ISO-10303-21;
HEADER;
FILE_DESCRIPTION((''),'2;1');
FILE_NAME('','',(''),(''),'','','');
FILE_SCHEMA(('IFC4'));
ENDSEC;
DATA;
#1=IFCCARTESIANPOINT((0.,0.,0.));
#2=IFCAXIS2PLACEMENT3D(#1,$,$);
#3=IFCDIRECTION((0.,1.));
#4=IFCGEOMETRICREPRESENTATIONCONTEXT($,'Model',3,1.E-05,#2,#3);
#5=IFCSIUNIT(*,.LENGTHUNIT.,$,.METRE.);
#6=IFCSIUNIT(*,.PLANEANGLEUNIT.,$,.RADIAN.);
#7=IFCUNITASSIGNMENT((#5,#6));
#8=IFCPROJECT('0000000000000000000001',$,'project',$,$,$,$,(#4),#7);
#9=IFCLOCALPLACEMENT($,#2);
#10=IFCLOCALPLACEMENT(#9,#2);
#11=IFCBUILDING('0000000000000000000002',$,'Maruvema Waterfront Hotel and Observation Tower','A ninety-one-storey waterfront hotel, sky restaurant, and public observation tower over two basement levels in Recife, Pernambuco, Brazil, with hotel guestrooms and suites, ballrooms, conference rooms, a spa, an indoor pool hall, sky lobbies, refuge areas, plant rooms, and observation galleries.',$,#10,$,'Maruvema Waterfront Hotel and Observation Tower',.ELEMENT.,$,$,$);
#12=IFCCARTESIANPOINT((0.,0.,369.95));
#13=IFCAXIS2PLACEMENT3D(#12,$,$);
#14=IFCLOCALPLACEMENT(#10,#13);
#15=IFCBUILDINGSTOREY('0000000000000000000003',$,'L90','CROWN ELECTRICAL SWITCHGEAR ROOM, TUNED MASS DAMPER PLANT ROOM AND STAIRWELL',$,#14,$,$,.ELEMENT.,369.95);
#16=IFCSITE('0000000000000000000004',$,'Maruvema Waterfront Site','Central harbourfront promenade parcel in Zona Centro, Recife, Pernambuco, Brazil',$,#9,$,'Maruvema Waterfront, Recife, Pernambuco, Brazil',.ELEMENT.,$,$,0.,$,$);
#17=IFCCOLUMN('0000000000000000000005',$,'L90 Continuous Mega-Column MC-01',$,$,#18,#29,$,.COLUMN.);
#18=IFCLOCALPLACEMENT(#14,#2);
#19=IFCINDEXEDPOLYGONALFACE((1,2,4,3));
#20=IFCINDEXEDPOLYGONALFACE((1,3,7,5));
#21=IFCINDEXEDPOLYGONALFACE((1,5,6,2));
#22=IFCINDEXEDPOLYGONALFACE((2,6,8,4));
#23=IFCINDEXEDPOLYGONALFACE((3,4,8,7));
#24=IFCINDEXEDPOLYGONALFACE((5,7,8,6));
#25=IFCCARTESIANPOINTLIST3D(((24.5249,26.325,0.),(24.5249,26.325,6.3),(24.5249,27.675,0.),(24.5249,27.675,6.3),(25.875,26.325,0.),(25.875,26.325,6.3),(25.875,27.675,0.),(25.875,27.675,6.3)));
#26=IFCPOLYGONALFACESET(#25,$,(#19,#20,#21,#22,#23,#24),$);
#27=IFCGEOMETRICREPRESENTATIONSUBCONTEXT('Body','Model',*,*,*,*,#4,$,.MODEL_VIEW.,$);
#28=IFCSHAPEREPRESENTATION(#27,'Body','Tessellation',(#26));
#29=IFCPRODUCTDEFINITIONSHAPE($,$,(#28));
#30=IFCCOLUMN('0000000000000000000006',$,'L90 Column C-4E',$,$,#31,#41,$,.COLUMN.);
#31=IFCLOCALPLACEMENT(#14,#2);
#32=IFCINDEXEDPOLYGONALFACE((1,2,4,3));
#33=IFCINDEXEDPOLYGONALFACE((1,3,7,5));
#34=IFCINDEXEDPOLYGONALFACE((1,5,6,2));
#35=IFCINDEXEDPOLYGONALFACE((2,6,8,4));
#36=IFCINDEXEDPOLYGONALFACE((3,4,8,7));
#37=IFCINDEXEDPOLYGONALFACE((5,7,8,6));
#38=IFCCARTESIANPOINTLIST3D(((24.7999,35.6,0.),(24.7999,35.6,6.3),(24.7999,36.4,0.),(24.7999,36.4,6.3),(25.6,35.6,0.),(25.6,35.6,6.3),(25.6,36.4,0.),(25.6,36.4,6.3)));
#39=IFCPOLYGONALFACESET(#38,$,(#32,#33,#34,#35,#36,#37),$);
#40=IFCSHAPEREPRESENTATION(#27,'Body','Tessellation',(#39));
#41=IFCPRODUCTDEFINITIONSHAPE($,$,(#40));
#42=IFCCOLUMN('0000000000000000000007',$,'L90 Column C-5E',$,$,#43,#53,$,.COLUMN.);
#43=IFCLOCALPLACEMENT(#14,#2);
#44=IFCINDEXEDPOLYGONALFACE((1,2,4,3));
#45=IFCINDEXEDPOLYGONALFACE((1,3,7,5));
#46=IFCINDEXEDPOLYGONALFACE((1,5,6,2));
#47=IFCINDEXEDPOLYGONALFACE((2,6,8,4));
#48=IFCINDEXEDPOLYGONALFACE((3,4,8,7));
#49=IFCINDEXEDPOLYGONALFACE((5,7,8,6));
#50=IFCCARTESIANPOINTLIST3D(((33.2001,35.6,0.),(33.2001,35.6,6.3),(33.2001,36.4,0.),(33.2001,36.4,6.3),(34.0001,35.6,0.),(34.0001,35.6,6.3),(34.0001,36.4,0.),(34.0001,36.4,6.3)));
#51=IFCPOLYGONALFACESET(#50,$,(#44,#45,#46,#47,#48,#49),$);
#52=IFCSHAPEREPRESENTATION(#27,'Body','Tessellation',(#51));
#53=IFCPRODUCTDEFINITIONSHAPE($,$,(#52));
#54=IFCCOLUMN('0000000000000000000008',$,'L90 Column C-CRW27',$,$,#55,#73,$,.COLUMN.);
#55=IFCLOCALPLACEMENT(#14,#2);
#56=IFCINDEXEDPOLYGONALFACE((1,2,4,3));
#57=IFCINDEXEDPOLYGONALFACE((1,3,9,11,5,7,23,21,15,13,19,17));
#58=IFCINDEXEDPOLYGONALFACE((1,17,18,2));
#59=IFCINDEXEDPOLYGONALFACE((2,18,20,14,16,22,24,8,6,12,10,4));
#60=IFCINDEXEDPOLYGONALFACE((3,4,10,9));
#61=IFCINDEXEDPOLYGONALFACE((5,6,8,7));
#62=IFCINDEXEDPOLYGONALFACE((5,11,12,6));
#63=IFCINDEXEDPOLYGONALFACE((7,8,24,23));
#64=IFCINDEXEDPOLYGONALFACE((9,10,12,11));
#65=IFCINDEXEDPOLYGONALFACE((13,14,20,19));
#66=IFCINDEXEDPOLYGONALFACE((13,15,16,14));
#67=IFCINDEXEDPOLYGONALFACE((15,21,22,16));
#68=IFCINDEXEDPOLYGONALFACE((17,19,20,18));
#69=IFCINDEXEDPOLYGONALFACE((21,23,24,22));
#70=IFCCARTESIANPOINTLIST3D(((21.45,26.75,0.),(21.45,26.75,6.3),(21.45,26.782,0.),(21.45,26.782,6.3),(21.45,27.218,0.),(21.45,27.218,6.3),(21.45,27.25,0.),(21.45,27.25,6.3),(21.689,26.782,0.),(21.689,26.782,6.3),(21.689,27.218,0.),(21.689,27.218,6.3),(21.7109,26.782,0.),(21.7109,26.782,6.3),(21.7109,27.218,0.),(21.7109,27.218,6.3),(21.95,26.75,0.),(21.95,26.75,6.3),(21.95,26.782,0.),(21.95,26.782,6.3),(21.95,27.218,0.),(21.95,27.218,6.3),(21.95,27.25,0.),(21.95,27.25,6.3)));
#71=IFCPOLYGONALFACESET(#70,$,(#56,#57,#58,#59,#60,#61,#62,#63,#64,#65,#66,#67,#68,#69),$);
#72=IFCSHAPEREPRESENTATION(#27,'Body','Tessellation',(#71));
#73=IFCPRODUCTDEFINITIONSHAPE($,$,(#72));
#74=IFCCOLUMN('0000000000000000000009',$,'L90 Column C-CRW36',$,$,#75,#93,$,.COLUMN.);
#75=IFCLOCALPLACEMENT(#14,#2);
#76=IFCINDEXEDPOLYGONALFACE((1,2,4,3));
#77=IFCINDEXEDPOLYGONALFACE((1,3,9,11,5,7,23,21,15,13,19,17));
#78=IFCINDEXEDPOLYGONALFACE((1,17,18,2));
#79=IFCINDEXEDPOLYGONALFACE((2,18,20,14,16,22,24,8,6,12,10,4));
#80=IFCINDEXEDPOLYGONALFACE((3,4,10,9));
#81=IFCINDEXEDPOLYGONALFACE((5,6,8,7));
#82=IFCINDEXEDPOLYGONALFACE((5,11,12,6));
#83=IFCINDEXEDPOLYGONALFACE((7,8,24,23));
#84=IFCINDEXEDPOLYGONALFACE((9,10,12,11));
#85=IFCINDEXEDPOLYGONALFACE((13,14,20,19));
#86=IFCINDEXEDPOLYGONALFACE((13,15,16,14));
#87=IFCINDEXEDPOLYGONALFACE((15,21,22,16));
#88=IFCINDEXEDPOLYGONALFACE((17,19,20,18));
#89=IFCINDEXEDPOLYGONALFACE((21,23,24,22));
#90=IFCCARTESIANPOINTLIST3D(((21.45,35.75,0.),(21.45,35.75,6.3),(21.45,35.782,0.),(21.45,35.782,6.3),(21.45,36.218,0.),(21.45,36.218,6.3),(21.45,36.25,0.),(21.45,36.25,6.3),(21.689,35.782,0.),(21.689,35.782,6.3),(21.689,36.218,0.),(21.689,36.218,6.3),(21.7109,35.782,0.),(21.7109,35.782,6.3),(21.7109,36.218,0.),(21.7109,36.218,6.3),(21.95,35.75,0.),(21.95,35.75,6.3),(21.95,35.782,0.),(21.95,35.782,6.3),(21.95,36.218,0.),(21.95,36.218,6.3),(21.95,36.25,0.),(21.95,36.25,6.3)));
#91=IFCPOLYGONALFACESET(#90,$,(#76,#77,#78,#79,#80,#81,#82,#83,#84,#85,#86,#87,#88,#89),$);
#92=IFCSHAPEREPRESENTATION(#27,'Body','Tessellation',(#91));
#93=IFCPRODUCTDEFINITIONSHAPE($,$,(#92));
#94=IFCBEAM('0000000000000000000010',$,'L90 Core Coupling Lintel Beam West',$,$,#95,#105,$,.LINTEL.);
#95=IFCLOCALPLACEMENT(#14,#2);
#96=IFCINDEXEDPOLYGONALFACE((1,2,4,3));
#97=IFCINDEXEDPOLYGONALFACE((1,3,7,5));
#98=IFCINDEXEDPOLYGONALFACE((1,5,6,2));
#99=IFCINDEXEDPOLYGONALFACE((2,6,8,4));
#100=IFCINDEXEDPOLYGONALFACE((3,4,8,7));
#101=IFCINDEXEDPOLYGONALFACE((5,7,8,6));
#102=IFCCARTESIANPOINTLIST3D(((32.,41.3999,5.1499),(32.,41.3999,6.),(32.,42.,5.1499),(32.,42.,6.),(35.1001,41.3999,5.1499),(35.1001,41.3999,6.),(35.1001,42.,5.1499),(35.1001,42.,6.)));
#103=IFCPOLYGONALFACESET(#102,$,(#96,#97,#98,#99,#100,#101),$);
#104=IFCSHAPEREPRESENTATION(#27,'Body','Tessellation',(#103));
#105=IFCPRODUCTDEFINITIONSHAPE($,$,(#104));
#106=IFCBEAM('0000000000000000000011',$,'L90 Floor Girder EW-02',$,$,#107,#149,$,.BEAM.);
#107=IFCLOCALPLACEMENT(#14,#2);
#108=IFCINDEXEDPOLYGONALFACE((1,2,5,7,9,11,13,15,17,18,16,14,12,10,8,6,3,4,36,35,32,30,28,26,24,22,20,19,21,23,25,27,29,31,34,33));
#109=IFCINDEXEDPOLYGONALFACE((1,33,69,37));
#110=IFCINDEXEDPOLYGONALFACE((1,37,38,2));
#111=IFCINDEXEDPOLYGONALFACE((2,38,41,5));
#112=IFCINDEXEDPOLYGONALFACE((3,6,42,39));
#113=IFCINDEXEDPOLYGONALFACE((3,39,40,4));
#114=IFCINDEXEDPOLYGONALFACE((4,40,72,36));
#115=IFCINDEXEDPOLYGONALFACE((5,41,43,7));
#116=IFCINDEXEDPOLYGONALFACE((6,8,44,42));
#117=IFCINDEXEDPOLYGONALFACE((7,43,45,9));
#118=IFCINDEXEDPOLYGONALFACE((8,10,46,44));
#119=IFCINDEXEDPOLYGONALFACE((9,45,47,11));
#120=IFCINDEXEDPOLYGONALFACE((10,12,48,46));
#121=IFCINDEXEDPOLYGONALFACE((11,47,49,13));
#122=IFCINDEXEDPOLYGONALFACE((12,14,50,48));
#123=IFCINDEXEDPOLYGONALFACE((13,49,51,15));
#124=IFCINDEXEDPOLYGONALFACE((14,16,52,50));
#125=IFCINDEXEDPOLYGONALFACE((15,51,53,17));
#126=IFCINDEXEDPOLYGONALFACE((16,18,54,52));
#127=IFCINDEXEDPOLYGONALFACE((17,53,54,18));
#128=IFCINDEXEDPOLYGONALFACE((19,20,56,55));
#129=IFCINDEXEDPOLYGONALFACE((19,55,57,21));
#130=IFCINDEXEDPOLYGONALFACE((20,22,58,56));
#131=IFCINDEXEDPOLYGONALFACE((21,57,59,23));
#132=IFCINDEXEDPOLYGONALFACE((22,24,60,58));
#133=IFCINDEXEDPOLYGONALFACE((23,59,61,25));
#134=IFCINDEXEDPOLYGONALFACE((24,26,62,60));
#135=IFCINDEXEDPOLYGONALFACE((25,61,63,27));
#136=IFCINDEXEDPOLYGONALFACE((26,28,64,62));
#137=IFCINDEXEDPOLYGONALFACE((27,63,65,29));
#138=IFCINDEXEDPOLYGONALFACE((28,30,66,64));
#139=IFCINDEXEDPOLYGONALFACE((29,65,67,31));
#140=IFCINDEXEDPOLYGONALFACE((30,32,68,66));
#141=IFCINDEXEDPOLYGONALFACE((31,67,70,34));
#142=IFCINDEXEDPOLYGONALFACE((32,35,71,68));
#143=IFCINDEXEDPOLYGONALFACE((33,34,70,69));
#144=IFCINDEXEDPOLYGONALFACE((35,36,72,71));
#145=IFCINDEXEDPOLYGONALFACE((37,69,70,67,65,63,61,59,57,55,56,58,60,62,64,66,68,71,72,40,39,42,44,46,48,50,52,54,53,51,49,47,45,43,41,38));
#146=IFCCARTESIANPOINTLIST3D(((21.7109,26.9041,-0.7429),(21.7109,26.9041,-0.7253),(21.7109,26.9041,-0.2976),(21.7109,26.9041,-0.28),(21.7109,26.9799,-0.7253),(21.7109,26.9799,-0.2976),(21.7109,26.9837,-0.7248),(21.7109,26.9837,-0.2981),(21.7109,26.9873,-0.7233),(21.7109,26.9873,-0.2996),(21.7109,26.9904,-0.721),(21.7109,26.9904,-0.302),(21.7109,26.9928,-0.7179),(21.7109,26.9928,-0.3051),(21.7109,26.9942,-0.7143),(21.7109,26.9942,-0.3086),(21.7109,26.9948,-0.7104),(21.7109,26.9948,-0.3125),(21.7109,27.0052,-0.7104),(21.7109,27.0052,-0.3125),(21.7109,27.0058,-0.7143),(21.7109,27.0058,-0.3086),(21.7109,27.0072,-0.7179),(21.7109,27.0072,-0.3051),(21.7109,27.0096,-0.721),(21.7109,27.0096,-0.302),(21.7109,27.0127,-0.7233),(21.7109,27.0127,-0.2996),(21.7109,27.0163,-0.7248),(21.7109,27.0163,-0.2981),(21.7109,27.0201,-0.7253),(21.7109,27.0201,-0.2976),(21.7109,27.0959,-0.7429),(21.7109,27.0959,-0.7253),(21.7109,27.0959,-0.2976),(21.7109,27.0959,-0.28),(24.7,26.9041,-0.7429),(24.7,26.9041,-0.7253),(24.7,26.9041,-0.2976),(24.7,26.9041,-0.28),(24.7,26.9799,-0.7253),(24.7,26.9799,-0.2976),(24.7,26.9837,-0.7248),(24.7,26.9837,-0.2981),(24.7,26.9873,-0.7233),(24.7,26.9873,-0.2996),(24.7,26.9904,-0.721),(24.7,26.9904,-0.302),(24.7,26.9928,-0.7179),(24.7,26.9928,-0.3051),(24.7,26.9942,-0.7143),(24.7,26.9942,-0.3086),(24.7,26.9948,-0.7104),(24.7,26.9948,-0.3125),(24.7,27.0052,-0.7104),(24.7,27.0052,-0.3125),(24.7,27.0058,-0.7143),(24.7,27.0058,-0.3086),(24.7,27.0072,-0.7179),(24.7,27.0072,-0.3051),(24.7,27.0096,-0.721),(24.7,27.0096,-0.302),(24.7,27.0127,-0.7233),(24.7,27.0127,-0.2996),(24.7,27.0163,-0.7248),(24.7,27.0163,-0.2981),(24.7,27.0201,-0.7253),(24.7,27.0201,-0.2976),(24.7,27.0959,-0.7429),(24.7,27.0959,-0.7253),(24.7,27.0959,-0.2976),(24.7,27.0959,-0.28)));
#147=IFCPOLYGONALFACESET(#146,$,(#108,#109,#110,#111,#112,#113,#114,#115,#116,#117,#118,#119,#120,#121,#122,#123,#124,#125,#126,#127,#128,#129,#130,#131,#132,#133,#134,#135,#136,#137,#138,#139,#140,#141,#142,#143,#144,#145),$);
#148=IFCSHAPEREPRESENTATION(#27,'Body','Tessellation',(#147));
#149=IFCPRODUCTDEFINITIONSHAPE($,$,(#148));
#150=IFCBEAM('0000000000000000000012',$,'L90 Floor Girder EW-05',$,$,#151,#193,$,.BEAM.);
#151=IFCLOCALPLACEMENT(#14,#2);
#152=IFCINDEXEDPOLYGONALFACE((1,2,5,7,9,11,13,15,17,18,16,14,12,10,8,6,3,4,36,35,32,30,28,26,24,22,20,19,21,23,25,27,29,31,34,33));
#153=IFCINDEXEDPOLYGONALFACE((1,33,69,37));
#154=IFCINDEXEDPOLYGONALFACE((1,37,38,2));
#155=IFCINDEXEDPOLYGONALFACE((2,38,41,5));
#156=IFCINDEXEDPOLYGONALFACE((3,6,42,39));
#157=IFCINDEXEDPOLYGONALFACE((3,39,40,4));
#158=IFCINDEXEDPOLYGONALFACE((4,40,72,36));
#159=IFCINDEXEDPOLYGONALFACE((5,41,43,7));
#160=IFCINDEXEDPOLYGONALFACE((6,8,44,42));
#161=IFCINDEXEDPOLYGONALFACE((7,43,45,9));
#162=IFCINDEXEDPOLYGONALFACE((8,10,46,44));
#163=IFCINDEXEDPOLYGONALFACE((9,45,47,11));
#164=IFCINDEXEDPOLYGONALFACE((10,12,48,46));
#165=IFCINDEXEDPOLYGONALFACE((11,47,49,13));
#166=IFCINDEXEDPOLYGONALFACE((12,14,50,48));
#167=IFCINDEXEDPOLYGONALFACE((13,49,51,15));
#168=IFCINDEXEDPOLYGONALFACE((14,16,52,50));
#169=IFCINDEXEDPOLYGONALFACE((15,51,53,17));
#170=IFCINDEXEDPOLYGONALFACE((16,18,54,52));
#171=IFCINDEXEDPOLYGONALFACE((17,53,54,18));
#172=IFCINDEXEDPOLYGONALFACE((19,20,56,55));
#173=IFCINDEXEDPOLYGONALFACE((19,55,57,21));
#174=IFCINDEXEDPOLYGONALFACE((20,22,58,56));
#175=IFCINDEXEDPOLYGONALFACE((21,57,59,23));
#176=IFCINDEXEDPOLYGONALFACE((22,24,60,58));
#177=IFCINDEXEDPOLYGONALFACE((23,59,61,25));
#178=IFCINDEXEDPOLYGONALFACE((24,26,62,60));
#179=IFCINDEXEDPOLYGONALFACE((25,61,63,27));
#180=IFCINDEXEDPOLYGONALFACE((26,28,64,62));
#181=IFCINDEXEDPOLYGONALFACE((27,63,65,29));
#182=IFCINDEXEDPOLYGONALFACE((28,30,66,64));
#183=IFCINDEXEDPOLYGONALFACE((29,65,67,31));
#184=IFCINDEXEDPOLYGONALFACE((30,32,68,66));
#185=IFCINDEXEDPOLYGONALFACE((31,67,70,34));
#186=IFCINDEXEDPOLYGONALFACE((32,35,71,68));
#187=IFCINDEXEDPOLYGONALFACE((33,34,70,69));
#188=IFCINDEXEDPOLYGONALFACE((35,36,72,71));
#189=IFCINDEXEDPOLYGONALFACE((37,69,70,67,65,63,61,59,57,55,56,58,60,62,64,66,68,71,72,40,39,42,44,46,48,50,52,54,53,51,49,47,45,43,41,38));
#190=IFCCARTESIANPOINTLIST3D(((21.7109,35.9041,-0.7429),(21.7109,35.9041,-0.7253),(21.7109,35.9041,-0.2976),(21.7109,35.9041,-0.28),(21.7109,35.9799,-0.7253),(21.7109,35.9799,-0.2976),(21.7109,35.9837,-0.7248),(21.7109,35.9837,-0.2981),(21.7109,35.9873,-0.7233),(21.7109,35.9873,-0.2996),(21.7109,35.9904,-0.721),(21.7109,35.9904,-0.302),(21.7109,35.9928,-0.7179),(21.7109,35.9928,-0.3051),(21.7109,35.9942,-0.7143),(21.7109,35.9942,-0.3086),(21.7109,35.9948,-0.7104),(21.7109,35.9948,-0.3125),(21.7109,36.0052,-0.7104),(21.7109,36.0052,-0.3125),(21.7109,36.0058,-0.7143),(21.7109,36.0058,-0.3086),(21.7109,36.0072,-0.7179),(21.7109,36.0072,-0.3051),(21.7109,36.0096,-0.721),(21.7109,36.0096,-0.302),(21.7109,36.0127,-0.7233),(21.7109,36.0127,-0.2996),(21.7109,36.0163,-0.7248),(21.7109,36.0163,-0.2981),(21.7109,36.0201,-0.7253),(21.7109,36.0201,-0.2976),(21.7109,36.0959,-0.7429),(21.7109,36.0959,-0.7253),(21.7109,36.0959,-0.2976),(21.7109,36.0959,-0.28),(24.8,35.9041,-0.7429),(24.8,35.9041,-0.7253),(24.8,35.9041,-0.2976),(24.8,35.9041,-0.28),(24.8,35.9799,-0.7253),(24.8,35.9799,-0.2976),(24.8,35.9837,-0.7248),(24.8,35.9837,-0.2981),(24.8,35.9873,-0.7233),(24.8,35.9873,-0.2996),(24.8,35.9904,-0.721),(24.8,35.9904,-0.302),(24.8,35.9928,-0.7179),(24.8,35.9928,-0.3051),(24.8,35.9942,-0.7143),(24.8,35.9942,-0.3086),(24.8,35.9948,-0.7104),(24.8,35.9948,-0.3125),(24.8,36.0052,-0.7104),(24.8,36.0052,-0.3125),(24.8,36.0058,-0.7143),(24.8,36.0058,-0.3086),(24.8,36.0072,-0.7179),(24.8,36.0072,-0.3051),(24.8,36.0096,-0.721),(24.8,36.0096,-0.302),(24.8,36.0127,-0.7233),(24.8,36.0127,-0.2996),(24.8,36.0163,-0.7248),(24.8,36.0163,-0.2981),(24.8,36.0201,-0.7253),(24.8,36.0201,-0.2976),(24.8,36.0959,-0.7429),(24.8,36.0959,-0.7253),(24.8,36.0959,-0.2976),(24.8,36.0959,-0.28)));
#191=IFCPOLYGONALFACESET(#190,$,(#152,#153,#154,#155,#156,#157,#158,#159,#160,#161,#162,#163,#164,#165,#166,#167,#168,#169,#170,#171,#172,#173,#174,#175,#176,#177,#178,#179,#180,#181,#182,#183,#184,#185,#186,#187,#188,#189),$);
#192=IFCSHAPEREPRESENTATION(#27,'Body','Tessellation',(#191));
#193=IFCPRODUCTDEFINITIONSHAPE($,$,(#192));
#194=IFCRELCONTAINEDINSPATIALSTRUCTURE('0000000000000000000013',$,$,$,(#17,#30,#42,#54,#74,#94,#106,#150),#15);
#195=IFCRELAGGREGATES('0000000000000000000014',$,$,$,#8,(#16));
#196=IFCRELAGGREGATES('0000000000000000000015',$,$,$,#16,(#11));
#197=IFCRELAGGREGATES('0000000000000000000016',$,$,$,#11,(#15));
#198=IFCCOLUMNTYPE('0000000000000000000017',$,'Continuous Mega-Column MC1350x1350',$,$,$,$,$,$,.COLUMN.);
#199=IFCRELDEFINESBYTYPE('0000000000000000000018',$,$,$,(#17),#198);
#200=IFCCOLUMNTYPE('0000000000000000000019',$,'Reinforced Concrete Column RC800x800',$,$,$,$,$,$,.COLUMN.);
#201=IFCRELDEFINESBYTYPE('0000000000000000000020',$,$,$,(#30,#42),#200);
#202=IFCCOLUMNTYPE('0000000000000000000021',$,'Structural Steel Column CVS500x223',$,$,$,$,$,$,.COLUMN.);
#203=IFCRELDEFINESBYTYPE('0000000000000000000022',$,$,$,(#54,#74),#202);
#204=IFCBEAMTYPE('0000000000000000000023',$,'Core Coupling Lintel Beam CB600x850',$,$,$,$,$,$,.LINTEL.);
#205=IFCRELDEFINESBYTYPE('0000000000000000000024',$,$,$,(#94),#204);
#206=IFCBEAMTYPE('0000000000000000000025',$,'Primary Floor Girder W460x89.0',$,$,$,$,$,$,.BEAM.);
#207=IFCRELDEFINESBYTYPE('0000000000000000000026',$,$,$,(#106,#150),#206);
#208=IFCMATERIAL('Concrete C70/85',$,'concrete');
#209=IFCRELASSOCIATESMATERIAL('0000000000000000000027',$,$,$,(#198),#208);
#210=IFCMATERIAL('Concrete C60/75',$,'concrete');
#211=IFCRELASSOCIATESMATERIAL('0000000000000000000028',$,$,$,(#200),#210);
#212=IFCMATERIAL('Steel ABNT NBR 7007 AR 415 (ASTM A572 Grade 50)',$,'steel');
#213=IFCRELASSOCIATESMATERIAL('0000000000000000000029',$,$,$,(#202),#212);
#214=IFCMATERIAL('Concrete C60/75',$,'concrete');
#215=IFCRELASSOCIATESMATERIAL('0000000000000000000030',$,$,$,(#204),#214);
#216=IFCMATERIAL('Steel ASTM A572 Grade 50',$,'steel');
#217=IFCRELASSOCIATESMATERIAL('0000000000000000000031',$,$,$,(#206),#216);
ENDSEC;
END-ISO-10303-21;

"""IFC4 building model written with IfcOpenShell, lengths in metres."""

from ifc_helpers import new_model, si_unit, direction, frame, origin, origin_2d, place, context, subcontext, project, spatial, rectangle, i_section, extrude, material, material_profile, profile_set, type_object, element, save


model = new_model("IFC4")

# Units and contexts
model_context = context("Model", 3, precision=1e-05, world=origin(), true_north=direction((0.0, 1.0)))
body_context = subcontext(model_context, "Body", "Model", "MODEL_VIEW")
ifc_project = project(units=[si_unit("LENGTHUNIT", "METRE"), si_unit("PLANEANGLEUNIT", "RADIAN")], contexts=[model_context])

# Site, building, storey
site_placement = place(None, origin())
site = spatial("IfcSite", under=ifc_project, at=site_placement, Name="Maruvema Waterfront Site", Description="Central harbourfront promenade parcel in Zona Centro, Recife, Pernambuco, Brazil", LongName="Maruvema Waterfront, Recife, Pernambuco, Brazil", CompositionType="ELEMENT", RefElevation=0.0)
building_placement = place(site_placement, origin())
building = spatial("IfcBuilding", under=site, at=building_placement, Name="Maruvema Waterfront Hotel and Observation Tower", Description="A ninety-one-storey waterfront hotel, sky restaurant, and public observation tower over two basement levels in Recife, Pernambuco, Brazil, with hotel guestrooms and suites, ballrooms, conference rooms, a spa, an indoor pool hall, sky lobbies, refuge areas, plant rooms, and observation galleries.", LongName="Maruvema Waterfront Hotel and Observation Tower", CompositionType="ELEMENT")
storey_placement = place(building_placement, frame((0.0, 0.0, 369.95)))
storey = spatial("IfcBuildingStorey", under=building, at=storey_placement, Name="L90", Description="CROWN ELECTRICAL SWITCHGEAR ROOM, TUNED MASS DAMPER PLANT ROOM AND STAIRWELL", CompositionType="ELEMENT", Elevation=369.95)

# Columns
ifc_material_1 = material(Name="Concrete C70/85", Category="concrete")
ifc_material_profile_1 = material_profile(ifc_material_1, rectangle(XDim=1.3501, YDim=1.3501, at=origin_2d()), Name="MC1350x1350")
ifc_profile_set_1 = profile_set([ifc_material_profile_1], Name="Concrete C70/85")
column_type_1 = type_object("IfcColumnType", Name="Continuous Mega-Column MC1350x1350", PredefinedType="COLUMN", material=ifc_profile_set_1)
column_placement = place(storey_placement, frame((25.2, 27.0, 0.0), z_axis=(0.0, 0.0, 1.0), x_axis=(1.0, 0.0, 0.0)))
element("IfcColumn", 1, at=column_placement, inside=storey, type_object=column_type_1, Name="L90 Continuous Mega-Column MC-01", PredefinedType="COLUMN", context=body_context, shape_type="SweptSolid", body=[
    extrude(rectangle(XDim=1.3501, YDim=1.3501, at=origin_2d()), origin(), (0.0, 0.0, 1.0), 6.3),
])
ifc_material_2 = material(Name="Concrete C60/75", Category="concrete")
ifc_material_profile_2 = material_profile(ifc_material_2, rectangle(XDim=0.8, YDim=0.8, at=origin_2d()), Name="RC800x800")
ifc_profile_set_2 = profile_set([ifc_material_profile_2], Name="Concrete C60/75")
column_type_2 = type_object("IfcColumnType", Name="Reinforced Concrete Column RC800x800", PredefinedType="COLUMN", material=ifc_profile_set_2)
for number, where, z_axis, x_axis, name in (
    (2, (25.2, 36.0, 0.0), (0.0, 0.0, 1.0), (1.0, 0.0, 0.0), "L90 Column C-4E"),
    (3, (33.6001, 36.0, 0.0), (0.0, 0.0, 1.0), (1.0, 0.0, 0.0), "L90 Column C-5E"),
):
    element("IfcColumn", number, at=place(storey_placement, frame(where, z_axis=z_axis, x_axis=x_axis)), inside=storey, type_object=column_type_2, Name=name, PredefinedType="COLUMN", context=body_context, shape_type="SweptSolid", body=[
        extrude(rectangle(XDim=0.8, YDim=0.8, at=origin_2d()), origin(), (0.0, 0.0, 1.0), 6.3),
    ])
ifc_material_3 = material(Name="Steel ABNT NBR 7007 AR 415 (ASTM A572 Grade 50)", Category="steel")
ifc_material_profile_3 = material_profile(ifc_material_3, i_section(OverallWidth=0.5, OverallDepth=0.5, WebThickness=0.022, FlangeThickness=0.032, at=origin_2d()), Name="CVS500x223")
ifc_profile_set_3 = profile_set([ifc_material_profile_3], Name="Steel ABNT NBR 7007 AR 415 (ASTM A572 Grade 50)")
column_type_3 = type_object("IfcColumnType", Name="Structural Steel Column CVS500x223", PredefinedType="COLUMN", material=ifc_profile_set_3)
for number, where, z_axis, x_axis, name in (
    (4, (21.7, 27.0, 0.0), (0.0, 0.0, 1.0), (1.0, 0.0, 0.0), "L90 Column C-CRW27"),
    (5, (21.7, 36.0, 0.0), (0.0, 0.0, 1.0), (1.0, 0.0, 0.0), "L90 Column C-CRW36"),
):
    element("IfcColumn", number, at=place(storey_placement, frame(where, z_axis=z_axis, x_axis=x_axis)), inside=storey, type_object=column_type_3, Name=name, PredefinedType="COLUMN", context=body_context, shape_type="SweptSolid", body=[
        extrude(i_section(OverallWidth=0.5, OverallDepth=0.5, WebThickness=0.022, FlangeThickness=0.032, at=origin_2d()), origin(), (0.0, 0.0, 1.0), 6.3),
    ])

# Beams
ifc_material_4 = material(Name="Concrete C60/75", Category="concrete")
ifc_material_profile_4 = material_profile(ifc_material_4, rectangle(XDim=0.6001, YDim=0.8501, at=origin_2d()), Name="CB600x850")
ifc_profile_set_4 = profile_set([ifc_material_profile_4], Name="Concrete C60/75")
beam_type_1 = type_object("IfcBeamType", Name="Core Coupling Lintel Beam CB600x850", PredefinedType="LINTEL", material=ifc_profile_set_4)
beam_1_placement = place(storey_placement, frame((32.0, 41.7, 5.575), z_axis=(1.0, 0.0, 0.0), x_axis=(0.0, 1.0, 0.0)))
element("IfcBeam", 6, at=beam_1_placement, inside=storey, type_object=beam_type_1, Name="L90 Core Coupling Lintel Beam West", PredefinedType="LINTEL", context=body_context, shape_type="SweptSolid", body=[
    extrude(rectangle(XDim=0.6001, YDim=0.8501, at=origin_2d()), origin(), (0.0, 0.0, 1.0), 3.1001),
])
ifc_material_5 = material(Name="Steel ASTM A572 Grade 50", Category="steel")
ifc_material_profile_5 = material_profile(ifc_material_5, i_section(OverallWidth=0.1919, OverallDepth=0.4629, WebThickness=0.0105, FlangeThickness=0.0176, FilletRadius=0.0149, at=origin_2d()), Name="W460x89.0")
ifc_profile_set_5 = profile_set([ifc_material_profile_5], Name="Steel ASTM A572 Grade 50")
beam_type_2 = type_object("IfcBeamType", Name="Primary Floor Girder W460x89.0", PredefinedType="BEAM", material=ifc_profile_set_5)
beam_2_placement = place(storey_placement, frame((21.7109, 27.0, -0.5115), z_axis=(1.0, 0.0, 0.0), x_axis=(0.0, 1.0, 0.0)))
element("IfcBeam", 7, at=beam_2_placement, inside=storey, type_object=beam_type_2, Name="L90 Floor Girder EW-02", PredefinedType="BEAM", context=body_context, shape_type="SweptSolid", body=[
    extrude(i_section(OverallWidth=0.1919, OverallDepth=0.4629, WebThickness=0.0105, FlangeThickness=0.0176, FilletRadius=0.0149, at=origin_2d()), origin(), (0.0, 0.0, 1.0), 2.989),
])
beam_3_placement = place(storey_placement, frame((21.7109, 36.0, -0.5115), z_axis=(1.0, 0.0, 0.0), x_axis=(0.0, 1.0, 0.0)))
element("IfcBeam", 8, at=beam_3_placement, inside=storey, type_object=beam_type_2, Name="L90 Floor Girder EW-05", PredefinedType="BEAM", context=body_context, shape_type="SweptSolid", body=[
    extrude(i_section(OverallWidth=0.1919, OverallDepth=0.4629, WebThickness=0.0105, FlangeThickness=0.0176, FilletRadius=0.0149, at=origin_2d()), origin(), (0.0, 0.0, 1.0), 3.0891),
])

save(model, "model.ifc")
